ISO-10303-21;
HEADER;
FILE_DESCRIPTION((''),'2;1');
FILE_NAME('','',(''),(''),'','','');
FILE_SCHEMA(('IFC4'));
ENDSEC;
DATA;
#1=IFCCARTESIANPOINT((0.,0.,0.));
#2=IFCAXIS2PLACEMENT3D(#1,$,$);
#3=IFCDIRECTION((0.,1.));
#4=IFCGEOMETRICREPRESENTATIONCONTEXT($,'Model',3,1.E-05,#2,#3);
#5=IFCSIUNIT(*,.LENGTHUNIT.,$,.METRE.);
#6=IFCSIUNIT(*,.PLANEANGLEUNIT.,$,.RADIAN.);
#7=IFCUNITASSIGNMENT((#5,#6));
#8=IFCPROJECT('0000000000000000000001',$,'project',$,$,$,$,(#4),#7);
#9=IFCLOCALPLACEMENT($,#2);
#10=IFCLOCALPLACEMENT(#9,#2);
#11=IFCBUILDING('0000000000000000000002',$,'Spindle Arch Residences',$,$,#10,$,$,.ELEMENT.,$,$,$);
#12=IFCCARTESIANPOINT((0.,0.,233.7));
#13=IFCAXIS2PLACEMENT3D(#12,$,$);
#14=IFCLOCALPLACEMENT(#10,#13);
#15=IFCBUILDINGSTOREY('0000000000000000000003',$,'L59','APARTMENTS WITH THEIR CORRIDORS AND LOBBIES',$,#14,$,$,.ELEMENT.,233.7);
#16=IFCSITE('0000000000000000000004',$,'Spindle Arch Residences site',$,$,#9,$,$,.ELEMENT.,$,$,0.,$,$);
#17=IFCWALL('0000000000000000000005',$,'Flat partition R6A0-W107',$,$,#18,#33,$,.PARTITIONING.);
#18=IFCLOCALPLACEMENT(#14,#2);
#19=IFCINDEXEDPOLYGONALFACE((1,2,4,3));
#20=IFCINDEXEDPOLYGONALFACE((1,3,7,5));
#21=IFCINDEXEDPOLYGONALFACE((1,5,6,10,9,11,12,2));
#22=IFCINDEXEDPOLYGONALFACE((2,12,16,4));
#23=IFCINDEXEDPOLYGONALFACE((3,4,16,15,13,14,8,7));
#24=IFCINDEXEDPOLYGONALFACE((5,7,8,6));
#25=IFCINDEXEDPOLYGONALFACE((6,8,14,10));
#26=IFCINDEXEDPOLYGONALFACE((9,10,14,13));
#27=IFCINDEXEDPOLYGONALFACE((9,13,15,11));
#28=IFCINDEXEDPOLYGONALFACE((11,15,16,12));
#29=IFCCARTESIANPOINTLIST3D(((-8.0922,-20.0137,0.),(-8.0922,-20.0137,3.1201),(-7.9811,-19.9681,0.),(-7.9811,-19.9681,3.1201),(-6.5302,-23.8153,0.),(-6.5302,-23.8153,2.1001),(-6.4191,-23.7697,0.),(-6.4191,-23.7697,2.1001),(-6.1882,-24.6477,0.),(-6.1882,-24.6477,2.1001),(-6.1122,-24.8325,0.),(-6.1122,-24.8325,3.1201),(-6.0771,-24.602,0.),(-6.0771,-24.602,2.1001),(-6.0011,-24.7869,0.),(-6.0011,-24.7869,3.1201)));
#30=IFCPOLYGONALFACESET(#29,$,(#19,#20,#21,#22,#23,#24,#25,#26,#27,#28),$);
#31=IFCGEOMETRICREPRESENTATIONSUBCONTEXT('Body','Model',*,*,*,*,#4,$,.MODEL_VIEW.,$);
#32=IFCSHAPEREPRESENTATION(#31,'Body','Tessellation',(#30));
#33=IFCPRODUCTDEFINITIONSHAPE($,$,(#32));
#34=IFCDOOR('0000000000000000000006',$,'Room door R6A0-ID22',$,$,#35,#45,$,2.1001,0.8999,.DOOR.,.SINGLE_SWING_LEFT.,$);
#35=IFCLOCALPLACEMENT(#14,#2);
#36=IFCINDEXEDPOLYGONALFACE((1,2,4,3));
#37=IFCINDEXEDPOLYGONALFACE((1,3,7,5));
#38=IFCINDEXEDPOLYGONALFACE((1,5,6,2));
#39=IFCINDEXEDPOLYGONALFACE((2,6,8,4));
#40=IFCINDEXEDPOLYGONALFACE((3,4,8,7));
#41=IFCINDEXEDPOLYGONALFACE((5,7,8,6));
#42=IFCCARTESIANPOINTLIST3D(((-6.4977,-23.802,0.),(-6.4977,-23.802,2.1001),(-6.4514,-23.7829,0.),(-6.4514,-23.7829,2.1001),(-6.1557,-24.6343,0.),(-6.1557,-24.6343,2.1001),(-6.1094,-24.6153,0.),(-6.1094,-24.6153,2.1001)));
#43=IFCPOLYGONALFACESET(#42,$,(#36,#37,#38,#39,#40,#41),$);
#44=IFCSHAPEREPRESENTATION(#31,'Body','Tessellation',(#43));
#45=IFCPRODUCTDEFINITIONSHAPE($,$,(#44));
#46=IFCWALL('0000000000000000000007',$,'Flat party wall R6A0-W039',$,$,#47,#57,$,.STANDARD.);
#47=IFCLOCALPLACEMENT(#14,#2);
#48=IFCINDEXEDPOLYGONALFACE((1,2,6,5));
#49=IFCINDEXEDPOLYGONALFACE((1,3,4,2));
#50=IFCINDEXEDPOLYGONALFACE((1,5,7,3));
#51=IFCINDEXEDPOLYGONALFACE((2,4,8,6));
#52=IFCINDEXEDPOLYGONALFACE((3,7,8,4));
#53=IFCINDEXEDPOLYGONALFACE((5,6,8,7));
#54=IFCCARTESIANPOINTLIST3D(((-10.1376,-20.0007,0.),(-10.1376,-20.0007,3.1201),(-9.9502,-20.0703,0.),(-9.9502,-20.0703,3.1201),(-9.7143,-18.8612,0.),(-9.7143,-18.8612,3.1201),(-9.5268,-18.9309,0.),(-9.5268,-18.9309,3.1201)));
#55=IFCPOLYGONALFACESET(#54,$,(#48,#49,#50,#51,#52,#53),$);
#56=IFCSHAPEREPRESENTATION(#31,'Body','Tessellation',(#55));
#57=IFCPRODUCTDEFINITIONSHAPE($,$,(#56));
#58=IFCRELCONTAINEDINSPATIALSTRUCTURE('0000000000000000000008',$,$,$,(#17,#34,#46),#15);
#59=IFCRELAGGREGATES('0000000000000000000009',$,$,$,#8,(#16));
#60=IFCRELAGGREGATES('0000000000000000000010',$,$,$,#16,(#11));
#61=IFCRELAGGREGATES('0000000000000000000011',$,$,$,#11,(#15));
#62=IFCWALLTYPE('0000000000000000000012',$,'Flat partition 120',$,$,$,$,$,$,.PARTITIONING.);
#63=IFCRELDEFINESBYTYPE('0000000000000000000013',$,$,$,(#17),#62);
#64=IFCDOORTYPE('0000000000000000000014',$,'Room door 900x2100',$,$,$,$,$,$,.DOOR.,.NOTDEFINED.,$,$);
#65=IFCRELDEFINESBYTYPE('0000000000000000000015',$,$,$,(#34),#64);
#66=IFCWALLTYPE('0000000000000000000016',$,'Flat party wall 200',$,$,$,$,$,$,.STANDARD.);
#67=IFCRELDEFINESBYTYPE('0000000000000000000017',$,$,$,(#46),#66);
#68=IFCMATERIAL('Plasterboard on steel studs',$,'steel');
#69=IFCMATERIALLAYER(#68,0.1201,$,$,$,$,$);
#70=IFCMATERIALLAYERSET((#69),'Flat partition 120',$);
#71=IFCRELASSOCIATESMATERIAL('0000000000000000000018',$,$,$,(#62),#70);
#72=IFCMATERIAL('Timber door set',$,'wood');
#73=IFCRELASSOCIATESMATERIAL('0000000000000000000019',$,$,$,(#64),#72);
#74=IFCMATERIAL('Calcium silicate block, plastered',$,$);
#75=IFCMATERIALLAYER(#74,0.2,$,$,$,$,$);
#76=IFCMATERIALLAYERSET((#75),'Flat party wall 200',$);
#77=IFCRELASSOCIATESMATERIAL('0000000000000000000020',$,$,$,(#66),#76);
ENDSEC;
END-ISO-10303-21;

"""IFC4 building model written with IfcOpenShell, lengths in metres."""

from ifc_helpers import new_model, si_unit, direction, frame, frame_2d, origin, place, context, subcontext, project, spatial, rectangle, extrude, material, layer, layer_set, type_object, element, fill, save


model = new_model("IFC4")

# Units and contexts
model_context = context("Model", 3, precision=1e-05, world=origin(), true_north=direction((0.0, 1.0)))
body_context = subcontext(model_context, "Body", "Model", "MODEL_VIEW")
ifc_project = project(units=[si_unit("LENGTHUNIT", "METRE"), si_unit("PLANEANGLEUNIT", "RADIAN")], contexts=[model_context])

# Site, building, storey
site_placement = place(None, origin())
site = spatial("IfcSite", under=ifc_project, at=site_placement, Name="Spindle Arch Residences site", CompositionType="ELEMENT", RefElevation=0.0)
building_placement = place(site_placement, origin())
building = spatial("IfcBuilding", under=site, at=building_placement, Name="Spindle Arch Residences", CompositionType="ELEMENT")
storey_placement = place(building_placement, frame((0.0, 0.0, 233.7)))
storey = spatial("IfcBuildingStorey", under=building, at=storey_placement, Name="L59", Description="APARTMENTS WITH THEIR CORRIDORS AND LOBBIES", CompositionType="ELEMENT", Elevation=233.7)

# Shared definitions
ifc_material_1 = material(Name="Plasterboard on steel studs", Category="steel")
ifc_layer_1 = layer(ifc_material_1, 0.1201)
ifc_layer_set_1 = layer_set([ifc_layer_1], Name="Flat partition 120")
wall_type_1 = type_object("IfcWallType", Name="Flat partition 120", PredefinedType="PARTITIONING", material=ifc_layer_set_1)

# Shared definitions
ifc_material_2 = material(Name="Timber door set", Category="wood")
door_type_1 = type_object("IfcDoorType", Name="Room door 900x2100", OperationType="NOTDEFINED", PredefinedType="DOOR", material=ifc_material_2)

# Wall, opening, door
wall_1_placement = place(storey_placement, frame((-6.0566, -24.8098, 0.0), z_axis=(0.0, 0.0, 1.0), x_axis=(-0.380052, 0.924965, 0.0)))
wall_1 = element("IfcWall", 1, at=wall_1_placement, inside=storey, type_object=wall_type_1, Name="Flat partition R6A0-W107", PredefinedType="PARTITIONING", context=body_context, shape_type="SweptSolid", body=[
    extrude(rectangle(XDim=5.2097, YDim=0.1201, at=frame_2d((2.605, 0.0))), origin(), (0.0, 0.0, 1.0), 3.1201),
])
opening_1_placement = place(wall_1_placement, frame((0.2, 0.0, 0.0)))
opening_1 = element("IfcOpeningElement", 2, at=opening_1_placement, cuts=wall_1, PredefinedType="OPENING", context=body_context, shape_type="SweptSolid", body=[
    extrude(rectangle(XDim=0.8999, YDim=2.1001, at=frame_2d((0.45, 1.05))), frame((0.0, 0.0701, 0.0), z_axis=(0.0, -1.0, 0.0), x_axis=(1.0, 0.0, 0.0)), (0.0, 0.0, 1.0), 0.1401),
])
door_1_placement = place(opening_1_placement, origin())
door_1 = element("IfcDoor", 3, at=door_1_placement, inside=storey, type_object=door_type_1, Name="Room door R6A0-ID22", OperationType="SINGLE_SWING_LEFT", OverallHeight=2.1001, OverallWidth=0.8999, PredefinedType="DOOR", context=body_context, shape_type="SweptSolid", body=[
    extrude(rectangle(XDim=0.8999, YDim=2.1001, at=frame_2d((0.45, 1.05))), frame((0.0, 0.0249, 0.0), z_axis=(0.0, -1.0, 0.0), x_axis=(1.0, 0.0, 0.0)), (0.0, 0.0, 1.0), 0.05),
])
fill(opening_1, door_1)

# Wall
ifc_material_3 = material(Name="Calcium silicate block, plastered")
ifc_layer_2 = layer(ifc_material_3, 0.2)
ifc_layer_set_2 = layer_set([ifc_layer_2], Name="Flat party wall 200")
wall_type_2 = type_object("IfcWallType", Name="Flat party wall 200", PredefinedType="STANDARD", material=ifc_layer_set_2)
wall_2_placement = place(storey_placement, frame((-10.0439, -20.0356, 0.0), z_axis=(0.0, 0.0, 1.0), x_axis=(0.348282, 0.93739, 0.0)))
element("IfcWall", 4, at=wall_2_placement, inside=storey, type_object=wall_type_2, Name="Flat party wall R6A0-W039", PredefinedType="STANDARD", context=body_context, shape_type="SweptSolid", body=[
    extrude(rectangle(XDim=1.2156, YDim=0.2, at=frame_2d((0.6079, 0.0))), origin(), (0.0, 0.0, 1.0), 3.1201),
])

save(model, "model.ifc")
